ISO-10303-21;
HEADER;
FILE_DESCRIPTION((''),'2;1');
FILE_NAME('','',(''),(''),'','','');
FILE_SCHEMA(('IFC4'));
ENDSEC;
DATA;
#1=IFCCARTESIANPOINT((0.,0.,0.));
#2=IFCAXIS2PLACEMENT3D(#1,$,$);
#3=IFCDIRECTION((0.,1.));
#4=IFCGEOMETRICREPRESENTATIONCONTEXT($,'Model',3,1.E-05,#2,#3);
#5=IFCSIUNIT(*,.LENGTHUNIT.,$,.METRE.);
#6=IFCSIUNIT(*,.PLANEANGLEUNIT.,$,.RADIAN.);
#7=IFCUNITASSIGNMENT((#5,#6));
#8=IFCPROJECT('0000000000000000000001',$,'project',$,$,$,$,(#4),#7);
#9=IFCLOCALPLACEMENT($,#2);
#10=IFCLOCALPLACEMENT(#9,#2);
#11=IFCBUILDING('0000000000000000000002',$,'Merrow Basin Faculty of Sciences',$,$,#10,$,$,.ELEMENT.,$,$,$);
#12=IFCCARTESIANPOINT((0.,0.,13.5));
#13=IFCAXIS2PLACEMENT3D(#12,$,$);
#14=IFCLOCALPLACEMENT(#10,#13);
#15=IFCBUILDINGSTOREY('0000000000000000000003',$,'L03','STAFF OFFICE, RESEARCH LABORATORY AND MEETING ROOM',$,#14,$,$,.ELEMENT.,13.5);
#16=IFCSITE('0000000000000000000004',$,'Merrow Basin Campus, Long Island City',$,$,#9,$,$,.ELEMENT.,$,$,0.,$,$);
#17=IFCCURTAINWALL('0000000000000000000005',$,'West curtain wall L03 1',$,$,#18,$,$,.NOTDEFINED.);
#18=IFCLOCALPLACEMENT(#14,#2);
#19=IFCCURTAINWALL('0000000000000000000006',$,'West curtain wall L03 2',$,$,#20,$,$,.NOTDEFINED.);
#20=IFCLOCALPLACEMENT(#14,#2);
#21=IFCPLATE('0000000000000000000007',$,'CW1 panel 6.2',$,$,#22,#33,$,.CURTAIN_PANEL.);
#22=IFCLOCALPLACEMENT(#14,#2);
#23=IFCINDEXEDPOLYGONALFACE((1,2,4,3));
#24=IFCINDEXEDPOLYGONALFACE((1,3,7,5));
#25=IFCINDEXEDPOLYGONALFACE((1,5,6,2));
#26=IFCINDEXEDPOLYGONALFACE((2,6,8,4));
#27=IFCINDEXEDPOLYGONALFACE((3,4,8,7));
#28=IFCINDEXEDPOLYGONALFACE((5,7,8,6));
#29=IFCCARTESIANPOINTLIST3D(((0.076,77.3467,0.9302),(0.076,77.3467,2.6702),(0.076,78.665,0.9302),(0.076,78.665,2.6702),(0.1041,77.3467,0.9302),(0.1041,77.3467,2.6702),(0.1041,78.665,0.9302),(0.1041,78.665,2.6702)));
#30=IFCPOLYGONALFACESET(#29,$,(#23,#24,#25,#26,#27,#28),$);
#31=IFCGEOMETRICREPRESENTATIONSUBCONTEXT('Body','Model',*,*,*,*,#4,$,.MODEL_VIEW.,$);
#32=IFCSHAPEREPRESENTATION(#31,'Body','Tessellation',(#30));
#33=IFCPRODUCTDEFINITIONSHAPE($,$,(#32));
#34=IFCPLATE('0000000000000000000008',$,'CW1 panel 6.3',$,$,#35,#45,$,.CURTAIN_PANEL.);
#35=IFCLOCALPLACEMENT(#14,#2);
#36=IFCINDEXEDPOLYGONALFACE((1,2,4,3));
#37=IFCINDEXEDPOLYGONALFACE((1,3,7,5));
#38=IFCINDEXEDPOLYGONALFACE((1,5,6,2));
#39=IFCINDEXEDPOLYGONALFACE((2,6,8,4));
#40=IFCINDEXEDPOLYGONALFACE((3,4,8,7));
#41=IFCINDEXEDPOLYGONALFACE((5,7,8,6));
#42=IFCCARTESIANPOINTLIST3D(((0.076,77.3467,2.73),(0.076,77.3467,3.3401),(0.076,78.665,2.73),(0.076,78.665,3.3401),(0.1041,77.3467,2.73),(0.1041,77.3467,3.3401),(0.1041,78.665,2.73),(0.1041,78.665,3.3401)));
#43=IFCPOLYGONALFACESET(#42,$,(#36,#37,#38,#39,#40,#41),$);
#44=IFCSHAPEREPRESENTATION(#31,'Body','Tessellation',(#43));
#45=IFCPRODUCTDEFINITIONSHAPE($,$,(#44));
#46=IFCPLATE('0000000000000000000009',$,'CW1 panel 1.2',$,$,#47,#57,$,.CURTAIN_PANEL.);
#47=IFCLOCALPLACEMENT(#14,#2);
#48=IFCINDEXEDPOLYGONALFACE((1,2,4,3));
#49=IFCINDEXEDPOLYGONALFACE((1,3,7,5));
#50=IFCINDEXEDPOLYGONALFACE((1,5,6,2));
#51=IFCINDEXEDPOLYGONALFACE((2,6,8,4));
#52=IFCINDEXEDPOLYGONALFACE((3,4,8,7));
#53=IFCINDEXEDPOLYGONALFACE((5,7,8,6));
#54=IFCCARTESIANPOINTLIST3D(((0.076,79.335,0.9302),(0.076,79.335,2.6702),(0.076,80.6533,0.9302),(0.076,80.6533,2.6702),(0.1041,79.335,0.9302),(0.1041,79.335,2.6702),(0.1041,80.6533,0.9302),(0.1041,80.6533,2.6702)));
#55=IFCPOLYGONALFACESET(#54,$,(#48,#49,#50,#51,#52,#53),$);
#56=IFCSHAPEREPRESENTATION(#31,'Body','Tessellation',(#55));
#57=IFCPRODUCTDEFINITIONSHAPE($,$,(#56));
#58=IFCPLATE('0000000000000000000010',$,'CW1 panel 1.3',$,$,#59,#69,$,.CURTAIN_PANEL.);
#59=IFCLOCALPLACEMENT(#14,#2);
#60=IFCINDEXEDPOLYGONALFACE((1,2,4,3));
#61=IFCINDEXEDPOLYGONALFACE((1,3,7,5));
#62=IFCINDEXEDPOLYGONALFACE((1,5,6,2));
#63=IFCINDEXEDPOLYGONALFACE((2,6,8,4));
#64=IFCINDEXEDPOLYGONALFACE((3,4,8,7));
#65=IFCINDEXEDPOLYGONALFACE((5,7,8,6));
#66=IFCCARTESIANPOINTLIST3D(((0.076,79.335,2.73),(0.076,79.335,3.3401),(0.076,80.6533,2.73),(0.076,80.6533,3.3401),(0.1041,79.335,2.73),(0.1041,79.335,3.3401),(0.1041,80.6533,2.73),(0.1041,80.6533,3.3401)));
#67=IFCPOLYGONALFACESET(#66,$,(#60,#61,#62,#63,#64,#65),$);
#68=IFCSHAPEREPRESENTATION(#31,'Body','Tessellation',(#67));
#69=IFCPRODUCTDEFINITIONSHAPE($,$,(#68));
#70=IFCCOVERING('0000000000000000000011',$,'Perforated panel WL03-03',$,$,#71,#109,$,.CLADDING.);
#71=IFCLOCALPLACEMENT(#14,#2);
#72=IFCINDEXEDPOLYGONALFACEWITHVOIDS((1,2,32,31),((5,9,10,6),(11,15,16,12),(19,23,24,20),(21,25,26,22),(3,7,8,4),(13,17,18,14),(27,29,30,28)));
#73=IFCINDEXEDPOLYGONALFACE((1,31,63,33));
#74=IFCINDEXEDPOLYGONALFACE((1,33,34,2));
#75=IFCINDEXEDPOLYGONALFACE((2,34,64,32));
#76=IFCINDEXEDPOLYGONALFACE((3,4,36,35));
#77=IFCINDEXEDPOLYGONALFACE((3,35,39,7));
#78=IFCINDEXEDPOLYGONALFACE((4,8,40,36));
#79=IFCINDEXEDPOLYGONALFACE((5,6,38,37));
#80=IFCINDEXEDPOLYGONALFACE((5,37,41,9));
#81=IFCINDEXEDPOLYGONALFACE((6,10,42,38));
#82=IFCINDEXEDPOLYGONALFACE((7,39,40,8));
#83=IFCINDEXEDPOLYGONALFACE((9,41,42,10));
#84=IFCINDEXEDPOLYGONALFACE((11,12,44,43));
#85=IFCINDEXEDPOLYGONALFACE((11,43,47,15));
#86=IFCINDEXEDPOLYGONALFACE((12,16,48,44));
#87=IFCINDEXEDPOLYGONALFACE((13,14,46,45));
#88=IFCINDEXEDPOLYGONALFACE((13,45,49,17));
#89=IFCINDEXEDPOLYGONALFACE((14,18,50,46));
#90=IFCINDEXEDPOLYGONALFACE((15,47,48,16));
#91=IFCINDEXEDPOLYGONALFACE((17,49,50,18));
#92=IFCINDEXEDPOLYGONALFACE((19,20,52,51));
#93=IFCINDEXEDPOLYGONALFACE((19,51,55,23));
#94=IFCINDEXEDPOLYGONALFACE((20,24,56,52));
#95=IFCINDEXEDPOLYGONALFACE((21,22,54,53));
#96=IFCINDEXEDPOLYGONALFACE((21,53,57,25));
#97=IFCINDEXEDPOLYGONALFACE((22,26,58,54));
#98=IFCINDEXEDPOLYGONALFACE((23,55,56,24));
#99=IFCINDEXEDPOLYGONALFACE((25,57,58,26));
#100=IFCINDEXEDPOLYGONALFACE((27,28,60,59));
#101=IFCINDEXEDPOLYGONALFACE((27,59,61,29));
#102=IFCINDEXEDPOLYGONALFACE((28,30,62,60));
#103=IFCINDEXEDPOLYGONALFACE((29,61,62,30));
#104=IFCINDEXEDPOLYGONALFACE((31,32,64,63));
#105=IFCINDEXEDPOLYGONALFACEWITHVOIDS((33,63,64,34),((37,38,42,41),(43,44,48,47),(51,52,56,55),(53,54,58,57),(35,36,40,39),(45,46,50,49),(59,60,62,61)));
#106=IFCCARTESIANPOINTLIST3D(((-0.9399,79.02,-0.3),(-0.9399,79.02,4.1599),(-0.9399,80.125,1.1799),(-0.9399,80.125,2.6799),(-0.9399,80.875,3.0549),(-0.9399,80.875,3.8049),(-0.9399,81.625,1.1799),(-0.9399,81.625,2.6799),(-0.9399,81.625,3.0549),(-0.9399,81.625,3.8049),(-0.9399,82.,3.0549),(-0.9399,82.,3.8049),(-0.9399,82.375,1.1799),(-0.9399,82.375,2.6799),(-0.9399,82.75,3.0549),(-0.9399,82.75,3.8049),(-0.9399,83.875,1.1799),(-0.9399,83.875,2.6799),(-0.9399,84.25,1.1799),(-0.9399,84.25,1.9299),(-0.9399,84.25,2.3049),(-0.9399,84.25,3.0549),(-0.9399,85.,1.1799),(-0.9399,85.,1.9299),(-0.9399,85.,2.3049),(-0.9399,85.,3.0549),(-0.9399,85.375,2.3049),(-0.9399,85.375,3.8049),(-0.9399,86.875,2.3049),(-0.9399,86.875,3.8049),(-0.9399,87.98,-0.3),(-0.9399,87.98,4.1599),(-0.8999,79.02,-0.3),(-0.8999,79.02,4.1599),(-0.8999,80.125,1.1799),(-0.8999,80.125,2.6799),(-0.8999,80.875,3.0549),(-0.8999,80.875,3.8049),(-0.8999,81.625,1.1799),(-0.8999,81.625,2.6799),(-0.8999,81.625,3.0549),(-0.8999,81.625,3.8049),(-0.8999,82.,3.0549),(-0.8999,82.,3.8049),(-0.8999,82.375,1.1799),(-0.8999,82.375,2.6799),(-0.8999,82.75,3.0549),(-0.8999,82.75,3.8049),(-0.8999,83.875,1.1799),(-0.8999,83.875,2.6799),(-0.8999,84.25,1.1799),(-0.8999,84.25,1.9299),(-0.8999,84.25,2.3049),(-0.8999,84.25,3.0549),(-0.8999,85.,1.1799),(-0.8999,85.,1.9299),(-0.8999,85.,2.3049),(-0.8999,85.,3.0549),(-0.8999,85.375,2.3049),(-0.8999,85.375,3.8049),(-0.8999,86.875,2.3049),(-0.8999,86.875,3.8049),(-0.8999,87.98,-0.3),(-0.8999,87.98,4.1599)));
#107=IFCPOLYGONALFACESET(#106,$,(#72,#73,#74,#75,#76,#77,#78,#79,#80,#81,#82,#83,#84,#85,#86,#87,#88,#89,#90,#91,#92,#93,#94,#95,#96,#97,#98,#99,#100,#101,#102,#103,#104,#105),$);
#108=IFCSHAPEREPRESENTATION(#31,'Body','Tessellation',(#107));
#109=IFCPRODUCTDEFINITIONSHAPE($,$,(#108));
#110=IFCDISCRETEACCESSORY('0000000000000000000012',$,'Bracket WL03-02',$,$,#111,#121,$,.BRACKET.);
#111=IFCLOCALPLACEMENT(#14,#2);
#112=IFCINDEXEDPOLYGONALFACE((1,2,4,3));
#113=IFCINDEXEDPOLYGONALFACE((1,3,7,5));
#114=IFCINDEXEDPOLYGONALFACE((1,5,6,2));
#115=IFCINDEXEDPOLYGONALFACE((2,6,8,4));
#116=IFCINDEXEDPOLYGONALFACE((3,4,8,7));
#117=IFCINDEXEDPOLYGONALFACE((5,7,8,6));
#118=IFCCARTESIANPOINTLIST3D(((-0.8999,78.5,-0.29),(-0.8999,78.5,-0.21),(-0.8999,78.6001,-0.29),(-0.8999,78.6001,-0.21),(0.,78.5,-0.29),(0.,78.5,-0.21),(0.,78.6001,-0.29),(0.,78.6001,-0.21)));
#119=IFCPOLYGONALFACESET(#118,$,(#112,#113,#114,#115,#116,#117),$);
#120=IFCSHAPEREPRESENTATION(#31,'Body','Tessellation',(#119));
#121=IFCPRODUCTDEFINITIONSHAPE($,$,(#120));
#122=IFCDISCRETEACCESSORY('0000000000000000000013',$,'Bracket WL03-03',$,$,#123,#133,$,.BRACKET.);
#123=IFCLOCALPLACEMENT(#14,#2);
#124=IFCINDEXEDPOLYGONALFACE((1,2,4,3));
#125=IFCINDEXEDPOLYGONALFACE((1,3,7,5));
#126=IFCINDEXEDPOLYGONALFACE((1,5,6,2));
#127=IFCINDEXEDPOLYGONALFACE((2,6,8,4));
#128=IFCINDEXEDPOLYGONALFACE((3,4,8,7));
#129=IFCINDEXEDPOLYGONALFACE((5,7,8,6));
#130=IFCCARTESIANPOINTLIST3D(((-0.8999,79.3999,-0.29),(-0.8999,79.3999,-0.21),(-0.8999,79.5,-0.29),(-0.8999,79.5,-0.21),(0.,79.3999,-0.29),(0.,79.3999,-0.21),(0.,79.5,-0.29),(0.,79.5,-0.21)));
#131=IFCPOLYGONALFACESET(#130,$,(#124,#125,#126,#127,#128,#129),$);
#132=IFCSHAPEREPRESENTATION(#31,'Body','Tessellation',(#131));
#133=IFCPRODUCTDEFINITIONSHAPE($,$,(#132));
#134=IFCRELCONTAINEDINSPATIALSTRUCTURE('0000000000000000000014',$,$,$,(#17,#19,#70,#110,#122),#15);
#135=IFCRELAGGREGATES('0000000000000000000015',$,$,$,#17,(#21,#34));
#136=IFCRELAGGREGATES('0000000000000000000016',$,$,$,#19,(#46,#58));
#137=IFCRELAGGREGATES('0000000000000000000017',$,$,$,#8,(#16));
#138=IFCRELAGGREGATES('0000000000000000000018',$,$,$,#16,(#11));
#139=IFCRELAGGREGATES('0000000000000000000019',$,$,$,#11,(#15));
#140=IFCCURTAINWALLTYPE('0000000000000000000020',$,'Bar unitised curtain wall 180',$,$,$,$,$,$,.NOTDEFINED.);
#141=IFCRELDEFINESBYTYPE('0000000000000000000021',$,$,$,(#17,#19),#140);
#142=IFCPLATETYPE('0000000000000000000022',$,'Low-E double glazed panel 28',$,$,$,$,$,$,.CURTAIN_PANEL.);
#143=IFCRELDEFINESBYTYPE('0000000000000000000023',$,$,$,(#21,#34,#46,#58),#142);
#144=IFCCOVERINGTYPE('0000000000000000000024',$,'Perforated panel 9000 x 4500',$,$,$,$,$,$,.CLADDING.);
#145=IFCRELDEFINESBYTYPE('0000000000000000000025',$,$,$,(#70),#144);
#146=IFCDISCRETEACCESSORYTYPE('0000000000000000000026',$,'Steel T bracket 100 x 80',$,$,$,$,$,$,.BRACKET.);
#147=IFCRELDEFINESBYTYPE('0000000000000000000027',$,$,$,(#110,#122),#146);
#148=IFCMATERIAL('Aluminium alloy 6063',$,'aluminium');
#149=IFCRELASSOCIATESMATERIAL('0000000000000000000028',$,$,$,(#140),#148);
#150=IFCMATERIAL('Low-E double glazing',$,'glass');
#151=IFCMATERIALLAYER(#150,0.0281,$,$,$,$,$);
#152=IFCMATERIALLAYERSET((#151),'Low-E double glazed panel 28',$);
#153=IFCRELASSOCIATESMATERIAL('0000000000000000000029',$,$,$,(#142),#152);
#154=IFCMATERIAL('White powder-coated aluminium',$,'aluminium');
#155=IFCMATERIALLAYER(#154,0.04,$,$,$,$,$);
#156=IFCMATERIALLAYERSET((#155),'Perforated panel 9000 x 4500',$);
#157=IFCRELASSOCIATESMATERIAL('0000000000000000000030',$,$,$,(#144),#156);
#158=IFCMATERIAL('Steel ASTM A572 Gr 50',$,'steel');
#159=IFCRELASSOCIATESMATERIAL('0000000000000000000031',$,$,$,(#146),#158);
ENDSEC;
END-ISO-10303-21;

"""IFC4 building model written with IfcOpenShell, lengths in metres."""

from ifc_helpers import new_model, si_unit, direction, frame, origin, origin_2d, place, context, subcontext, project, spatial, polyline, rectangle, outline, extrude, source, transform, mapped, material, layer, layer_set, type_object, element, aggregate, save


model = new_model("IFC4")

# Units and contexts
model_context = context("Model", 3, precision=1e-05, world=origin(), true_north=direction((0.0, 1.0)))
body_context = subcontext(model_context, "Body", "Model", "MODEL_VIEW")
ifc_project = project(units=[si_unit("LENGTHUNIT", "METRE"), si_unit("PLANEANGLEUNIT", "RADIAN")], contexts=[model_context])

# Site, building, storey
site_placement = place(None, origin())
site = spatial("IfcSite", under=ifc_project, at=site_placement, Name="Merrow Basin Campus, Long Island City", CompositionType="ELEMENT", RefElevation=0.0)
building_placement = place(site_placement, origin())
building = spatial("IfcBuilding", under=site, at=building_placement, Name="Merrow Basin Faculty of Sciences", CompositionType="ELEMENT")
storey_placement = place(building_placement, frame((0.0, 0.0, 13.5)))
storey = spatial("IfcBuildingStorey", under=building, at=storey_placement, Name="L03", Description="STAFF OFFICE, RESEARCH LABORATORY AND MEETING ROOM", CompositionType="ELEMENT", Elevation=13.5)

# Curtain wall
ifc_material_1 = material(Name="Aluminium alloy 6063", Category="aluminium")
curtain_wall_type = type_object("IfcCurtainWallType", Name="Bar unitised curtain wall 180", PredefinedType="NOTDEFINED", material=ifc_material_1)
curtain_wall_1_placement = place(storey_placement, origin())
curtain_wall_1 = element("IfcCurtainWall", 1, at=curtain_wall_1_placement, inside=storey, type_object=curtain_wall_type, Name="West curtain wall L03 1", PredefinedType="NOTDEFINED")

# Curtain wall
curtain_wall_2_placement = place(storey_placement, origin())
curtain_wall_2 = element("IfcCurtainWall", 2, at=curtain_wall_2_placement, inside=storey, type_object=curtain_wall_type, Name="West curtain wall L03 2", PredefinedType="NOTDEFINED")

# Plates
ifc_material_2 = material(Name="Low-E double glazing", Category="glass")
ifc_layer_1 = layer(ifc_material_2, 0.0281)
ifc_layer_set_1 = layer_set([ifc_layer_1], Name="Low-E double glazed panel 28")
plate_type_1 = type_object("IfcPlateType", Name="Low-E double glazed panel 28", PredefinedType="CURTAIN_PANEL", material=ifc_layer_set_1)
plate_1_placement = place(storey_placement, frame((0.0901, 78.0059, 0.9302), z_axis=(0.0, 0.0, 1.0), x_axis=(0.0, 1.0, 0.0)))
plate_1 = element("IfcPlate", 3, at=plate_1_placement, type_object=plate_type_1, Name="CW1 panel 6.2", PredefinedType="CURTAIN_PANEL", context=body_context, shape_type="SweptSolid", body=[
    extrude(rectangle(XDim=1.3184, YDim=0.0281, at=origin_2d()), origin(), (0.0, 0.0, 1.0), 1.74),
])
plate_2_placement = place(storey_placement, frame((0.0901, 78.0059, 2.73), z_axis=(0.0, 0.0, 1.0), x_axis=(0.0, 1.0, 0.0)))
plate_2 = element("IfcPlate", 4, at=plate_2_placement, type_object=plate_type_1, Name="CW1 panel 6.3", PredefinedType="CURTAIN_PANEL", context=body_context, shape_type="SweptSolid", body=[
    extrude(rectangle(XDim=1.3184, YDim=0.0281, at=origin_2d()), origin(), (0.0, 0.0, 1.0), 0.6101),
])
aggregate(curtain_wall_1, [plate_1, plate_2])
plate_3_placement = place(storey_placement, frame((0.0901, 79.9941, 0.9302), z_axis=(0.0, 0.0, 1.0), x_axis=(0.0, 1.0, 0.0)))
plate_3 = element("IfcPlate", 5, at=plate_3_placement, type_object=plate_type_1, Name="CW1 panel 1.2", PredefinedType="CURTAIN_PANEL", context=body_context, shape_type="SweptSolid", body=[
    extrude(rectangle(XDim=1.3184, YDim=0.0281, at=origin_2d()), origin(), (0.0, 0.0, 1.0), 1.74),
])
plate_4_placement = place(storey_placement, frame((0.0901, 79.9941, 2.73), z_axis=(0.0, 0.0, 1.0), x_axis=(0.0, 1.0, 0.0)))
plate_4 = element("IfcPlate", 6, at=plate_4_placement, type_object=plate_type_1, Name="CW1 panel 1.3", PredefinedType="CURTAIN_PANEL", context=body_context, shape_type="SweptSolid", body=[
    extrude(rectangle(XDim=1.3184, YDim=0.0281, at=origin_2d()), origin(), (0.0, 0.0, 1.0), 0.6101),
])
aggregate(curtain_wall_2, [plate_3, plate_4])

# Covering
ifc_material_3 = material(Name="White powder-coated aluminium", Category="aluminium")
ifc_layer_2 = layer(ifc_material_3, 0.04)
ifc_layer_set_2 = layer_set([ifc_layer_2], Name="Perforated panel 9000 x 4500")
covering_type = type_object("IfcCoveringType", Name="Perforated panel 9000 x 4500", PredefinedType="CLADDING", material=ifc_layer_set_2)
shared_shape_1 = source(origin(), body_context, "Body", "SweptSolid", [
    extrude(outline(polyline([(0.02, 0.02), (8.98, 0.02), (8.98, 4.48), (0.02, 4.48), (0.02, 0.02)]), holes=[polyline([(1.125, 1.5), (2.625, 1.5), (2.625, 3.0), (1.125, 3.0), (1.125, 1.5)]), polyline([(3.375, 1.5), (4.875, 1.5), (4.875, 3.0), (3.375, 3.0), (3.375, 1.5)]), polyline([(5.25, 1.5), (6.0, 1.5), (6.0, 2.25), (5.25, 2.25), (5.25, 1.5)]), polyline([(5.25, 2.625), (6.0, 2.625), (6.0, 3.375), (5.25, 3.375), (5.25, 2.625)]), polyline([(6.375, 2.625), (7.875, 2.625), (7.875, 4.125), (6.375, 4.125), (6.375, 2.625)]), polyline([(1.875, 3.375), (2.625, 3.375), (2.625, 4.125), (1.875, 4.125), (1.875, 3.375)]), polyline([(3.0, 3.375), (3.75, 3.375), (3.75, 4.125), (3.0, 4.125), (3.0, 3.375)])]), origin(), (0.0, 0.0, 1.0), 0.04),
])
covering_placement = place(storey_placement, frame((-0.9399, 79.0, -0.3201), z_axis=(1.0, 0.0, 0.0), x_axis=(0.0, 1.0, 0.0)))
element("IfcCovering", 7, at=covering_placement, inside=storey, type_object=covering_type, Name="Perforated panel WL03-03", PredefinedType="CLADDING", context=body_context, shape_type="MappedRepresentation", body=[
    mapped(shared_shape_1, transform((0.0, 0.0, 0.0), scale=1.0)),
])

# Discrete accessories
ifc_material_4 = material(Name="Steel ASTM A572 Gr 50", Category="steel")
discrete_accessory_type = type_object("IfcDiscreteAccessoryType", Name="Steel T bracket 100 x 80", PredefinedType="BRACKET", material=ifc_material_4)
shared_shape_2 = source(origin(), body_context, "Body", "SweptSolid", [
    extrude(outline(polyline([(0.0, 0.0), (0.1001, 0.0), (0.1001, 0.0801), (0.0, 0.0801), (0.0, 0.0)])), origin(), (0.0, 0.0, 1.0), 0.8999),
])
for number, where, z_axis, x_axis, name in (
    (8, (-0.8999, 78.5, -0.29), (1.0, 0.0, 0.0), (0.0, 1.0, 0.0), "Bracket WL03-02"),
    (9, (-0.8999, 79.3999, -0.29), (1.0, 0.0, 0.0), (0.0, 1.0, 0.0), "Bracket WL03-03"),
):
    element("IfcDiscreteAccessory", number, at=place(storey_placement, frame(where, z_axis=z_axis, x_axis=x_axis)), inside=storey, type_object=discrete_accessory_type, Name=name, PredefinedType="BRACKET", context=body_context, shape_type="MappedRepresentation", body=[
        mapped(shared_shape_2, transform((0.0, 0.0, 0.0), scale=1.0)),
    ])

save(model, "model.ifc")
